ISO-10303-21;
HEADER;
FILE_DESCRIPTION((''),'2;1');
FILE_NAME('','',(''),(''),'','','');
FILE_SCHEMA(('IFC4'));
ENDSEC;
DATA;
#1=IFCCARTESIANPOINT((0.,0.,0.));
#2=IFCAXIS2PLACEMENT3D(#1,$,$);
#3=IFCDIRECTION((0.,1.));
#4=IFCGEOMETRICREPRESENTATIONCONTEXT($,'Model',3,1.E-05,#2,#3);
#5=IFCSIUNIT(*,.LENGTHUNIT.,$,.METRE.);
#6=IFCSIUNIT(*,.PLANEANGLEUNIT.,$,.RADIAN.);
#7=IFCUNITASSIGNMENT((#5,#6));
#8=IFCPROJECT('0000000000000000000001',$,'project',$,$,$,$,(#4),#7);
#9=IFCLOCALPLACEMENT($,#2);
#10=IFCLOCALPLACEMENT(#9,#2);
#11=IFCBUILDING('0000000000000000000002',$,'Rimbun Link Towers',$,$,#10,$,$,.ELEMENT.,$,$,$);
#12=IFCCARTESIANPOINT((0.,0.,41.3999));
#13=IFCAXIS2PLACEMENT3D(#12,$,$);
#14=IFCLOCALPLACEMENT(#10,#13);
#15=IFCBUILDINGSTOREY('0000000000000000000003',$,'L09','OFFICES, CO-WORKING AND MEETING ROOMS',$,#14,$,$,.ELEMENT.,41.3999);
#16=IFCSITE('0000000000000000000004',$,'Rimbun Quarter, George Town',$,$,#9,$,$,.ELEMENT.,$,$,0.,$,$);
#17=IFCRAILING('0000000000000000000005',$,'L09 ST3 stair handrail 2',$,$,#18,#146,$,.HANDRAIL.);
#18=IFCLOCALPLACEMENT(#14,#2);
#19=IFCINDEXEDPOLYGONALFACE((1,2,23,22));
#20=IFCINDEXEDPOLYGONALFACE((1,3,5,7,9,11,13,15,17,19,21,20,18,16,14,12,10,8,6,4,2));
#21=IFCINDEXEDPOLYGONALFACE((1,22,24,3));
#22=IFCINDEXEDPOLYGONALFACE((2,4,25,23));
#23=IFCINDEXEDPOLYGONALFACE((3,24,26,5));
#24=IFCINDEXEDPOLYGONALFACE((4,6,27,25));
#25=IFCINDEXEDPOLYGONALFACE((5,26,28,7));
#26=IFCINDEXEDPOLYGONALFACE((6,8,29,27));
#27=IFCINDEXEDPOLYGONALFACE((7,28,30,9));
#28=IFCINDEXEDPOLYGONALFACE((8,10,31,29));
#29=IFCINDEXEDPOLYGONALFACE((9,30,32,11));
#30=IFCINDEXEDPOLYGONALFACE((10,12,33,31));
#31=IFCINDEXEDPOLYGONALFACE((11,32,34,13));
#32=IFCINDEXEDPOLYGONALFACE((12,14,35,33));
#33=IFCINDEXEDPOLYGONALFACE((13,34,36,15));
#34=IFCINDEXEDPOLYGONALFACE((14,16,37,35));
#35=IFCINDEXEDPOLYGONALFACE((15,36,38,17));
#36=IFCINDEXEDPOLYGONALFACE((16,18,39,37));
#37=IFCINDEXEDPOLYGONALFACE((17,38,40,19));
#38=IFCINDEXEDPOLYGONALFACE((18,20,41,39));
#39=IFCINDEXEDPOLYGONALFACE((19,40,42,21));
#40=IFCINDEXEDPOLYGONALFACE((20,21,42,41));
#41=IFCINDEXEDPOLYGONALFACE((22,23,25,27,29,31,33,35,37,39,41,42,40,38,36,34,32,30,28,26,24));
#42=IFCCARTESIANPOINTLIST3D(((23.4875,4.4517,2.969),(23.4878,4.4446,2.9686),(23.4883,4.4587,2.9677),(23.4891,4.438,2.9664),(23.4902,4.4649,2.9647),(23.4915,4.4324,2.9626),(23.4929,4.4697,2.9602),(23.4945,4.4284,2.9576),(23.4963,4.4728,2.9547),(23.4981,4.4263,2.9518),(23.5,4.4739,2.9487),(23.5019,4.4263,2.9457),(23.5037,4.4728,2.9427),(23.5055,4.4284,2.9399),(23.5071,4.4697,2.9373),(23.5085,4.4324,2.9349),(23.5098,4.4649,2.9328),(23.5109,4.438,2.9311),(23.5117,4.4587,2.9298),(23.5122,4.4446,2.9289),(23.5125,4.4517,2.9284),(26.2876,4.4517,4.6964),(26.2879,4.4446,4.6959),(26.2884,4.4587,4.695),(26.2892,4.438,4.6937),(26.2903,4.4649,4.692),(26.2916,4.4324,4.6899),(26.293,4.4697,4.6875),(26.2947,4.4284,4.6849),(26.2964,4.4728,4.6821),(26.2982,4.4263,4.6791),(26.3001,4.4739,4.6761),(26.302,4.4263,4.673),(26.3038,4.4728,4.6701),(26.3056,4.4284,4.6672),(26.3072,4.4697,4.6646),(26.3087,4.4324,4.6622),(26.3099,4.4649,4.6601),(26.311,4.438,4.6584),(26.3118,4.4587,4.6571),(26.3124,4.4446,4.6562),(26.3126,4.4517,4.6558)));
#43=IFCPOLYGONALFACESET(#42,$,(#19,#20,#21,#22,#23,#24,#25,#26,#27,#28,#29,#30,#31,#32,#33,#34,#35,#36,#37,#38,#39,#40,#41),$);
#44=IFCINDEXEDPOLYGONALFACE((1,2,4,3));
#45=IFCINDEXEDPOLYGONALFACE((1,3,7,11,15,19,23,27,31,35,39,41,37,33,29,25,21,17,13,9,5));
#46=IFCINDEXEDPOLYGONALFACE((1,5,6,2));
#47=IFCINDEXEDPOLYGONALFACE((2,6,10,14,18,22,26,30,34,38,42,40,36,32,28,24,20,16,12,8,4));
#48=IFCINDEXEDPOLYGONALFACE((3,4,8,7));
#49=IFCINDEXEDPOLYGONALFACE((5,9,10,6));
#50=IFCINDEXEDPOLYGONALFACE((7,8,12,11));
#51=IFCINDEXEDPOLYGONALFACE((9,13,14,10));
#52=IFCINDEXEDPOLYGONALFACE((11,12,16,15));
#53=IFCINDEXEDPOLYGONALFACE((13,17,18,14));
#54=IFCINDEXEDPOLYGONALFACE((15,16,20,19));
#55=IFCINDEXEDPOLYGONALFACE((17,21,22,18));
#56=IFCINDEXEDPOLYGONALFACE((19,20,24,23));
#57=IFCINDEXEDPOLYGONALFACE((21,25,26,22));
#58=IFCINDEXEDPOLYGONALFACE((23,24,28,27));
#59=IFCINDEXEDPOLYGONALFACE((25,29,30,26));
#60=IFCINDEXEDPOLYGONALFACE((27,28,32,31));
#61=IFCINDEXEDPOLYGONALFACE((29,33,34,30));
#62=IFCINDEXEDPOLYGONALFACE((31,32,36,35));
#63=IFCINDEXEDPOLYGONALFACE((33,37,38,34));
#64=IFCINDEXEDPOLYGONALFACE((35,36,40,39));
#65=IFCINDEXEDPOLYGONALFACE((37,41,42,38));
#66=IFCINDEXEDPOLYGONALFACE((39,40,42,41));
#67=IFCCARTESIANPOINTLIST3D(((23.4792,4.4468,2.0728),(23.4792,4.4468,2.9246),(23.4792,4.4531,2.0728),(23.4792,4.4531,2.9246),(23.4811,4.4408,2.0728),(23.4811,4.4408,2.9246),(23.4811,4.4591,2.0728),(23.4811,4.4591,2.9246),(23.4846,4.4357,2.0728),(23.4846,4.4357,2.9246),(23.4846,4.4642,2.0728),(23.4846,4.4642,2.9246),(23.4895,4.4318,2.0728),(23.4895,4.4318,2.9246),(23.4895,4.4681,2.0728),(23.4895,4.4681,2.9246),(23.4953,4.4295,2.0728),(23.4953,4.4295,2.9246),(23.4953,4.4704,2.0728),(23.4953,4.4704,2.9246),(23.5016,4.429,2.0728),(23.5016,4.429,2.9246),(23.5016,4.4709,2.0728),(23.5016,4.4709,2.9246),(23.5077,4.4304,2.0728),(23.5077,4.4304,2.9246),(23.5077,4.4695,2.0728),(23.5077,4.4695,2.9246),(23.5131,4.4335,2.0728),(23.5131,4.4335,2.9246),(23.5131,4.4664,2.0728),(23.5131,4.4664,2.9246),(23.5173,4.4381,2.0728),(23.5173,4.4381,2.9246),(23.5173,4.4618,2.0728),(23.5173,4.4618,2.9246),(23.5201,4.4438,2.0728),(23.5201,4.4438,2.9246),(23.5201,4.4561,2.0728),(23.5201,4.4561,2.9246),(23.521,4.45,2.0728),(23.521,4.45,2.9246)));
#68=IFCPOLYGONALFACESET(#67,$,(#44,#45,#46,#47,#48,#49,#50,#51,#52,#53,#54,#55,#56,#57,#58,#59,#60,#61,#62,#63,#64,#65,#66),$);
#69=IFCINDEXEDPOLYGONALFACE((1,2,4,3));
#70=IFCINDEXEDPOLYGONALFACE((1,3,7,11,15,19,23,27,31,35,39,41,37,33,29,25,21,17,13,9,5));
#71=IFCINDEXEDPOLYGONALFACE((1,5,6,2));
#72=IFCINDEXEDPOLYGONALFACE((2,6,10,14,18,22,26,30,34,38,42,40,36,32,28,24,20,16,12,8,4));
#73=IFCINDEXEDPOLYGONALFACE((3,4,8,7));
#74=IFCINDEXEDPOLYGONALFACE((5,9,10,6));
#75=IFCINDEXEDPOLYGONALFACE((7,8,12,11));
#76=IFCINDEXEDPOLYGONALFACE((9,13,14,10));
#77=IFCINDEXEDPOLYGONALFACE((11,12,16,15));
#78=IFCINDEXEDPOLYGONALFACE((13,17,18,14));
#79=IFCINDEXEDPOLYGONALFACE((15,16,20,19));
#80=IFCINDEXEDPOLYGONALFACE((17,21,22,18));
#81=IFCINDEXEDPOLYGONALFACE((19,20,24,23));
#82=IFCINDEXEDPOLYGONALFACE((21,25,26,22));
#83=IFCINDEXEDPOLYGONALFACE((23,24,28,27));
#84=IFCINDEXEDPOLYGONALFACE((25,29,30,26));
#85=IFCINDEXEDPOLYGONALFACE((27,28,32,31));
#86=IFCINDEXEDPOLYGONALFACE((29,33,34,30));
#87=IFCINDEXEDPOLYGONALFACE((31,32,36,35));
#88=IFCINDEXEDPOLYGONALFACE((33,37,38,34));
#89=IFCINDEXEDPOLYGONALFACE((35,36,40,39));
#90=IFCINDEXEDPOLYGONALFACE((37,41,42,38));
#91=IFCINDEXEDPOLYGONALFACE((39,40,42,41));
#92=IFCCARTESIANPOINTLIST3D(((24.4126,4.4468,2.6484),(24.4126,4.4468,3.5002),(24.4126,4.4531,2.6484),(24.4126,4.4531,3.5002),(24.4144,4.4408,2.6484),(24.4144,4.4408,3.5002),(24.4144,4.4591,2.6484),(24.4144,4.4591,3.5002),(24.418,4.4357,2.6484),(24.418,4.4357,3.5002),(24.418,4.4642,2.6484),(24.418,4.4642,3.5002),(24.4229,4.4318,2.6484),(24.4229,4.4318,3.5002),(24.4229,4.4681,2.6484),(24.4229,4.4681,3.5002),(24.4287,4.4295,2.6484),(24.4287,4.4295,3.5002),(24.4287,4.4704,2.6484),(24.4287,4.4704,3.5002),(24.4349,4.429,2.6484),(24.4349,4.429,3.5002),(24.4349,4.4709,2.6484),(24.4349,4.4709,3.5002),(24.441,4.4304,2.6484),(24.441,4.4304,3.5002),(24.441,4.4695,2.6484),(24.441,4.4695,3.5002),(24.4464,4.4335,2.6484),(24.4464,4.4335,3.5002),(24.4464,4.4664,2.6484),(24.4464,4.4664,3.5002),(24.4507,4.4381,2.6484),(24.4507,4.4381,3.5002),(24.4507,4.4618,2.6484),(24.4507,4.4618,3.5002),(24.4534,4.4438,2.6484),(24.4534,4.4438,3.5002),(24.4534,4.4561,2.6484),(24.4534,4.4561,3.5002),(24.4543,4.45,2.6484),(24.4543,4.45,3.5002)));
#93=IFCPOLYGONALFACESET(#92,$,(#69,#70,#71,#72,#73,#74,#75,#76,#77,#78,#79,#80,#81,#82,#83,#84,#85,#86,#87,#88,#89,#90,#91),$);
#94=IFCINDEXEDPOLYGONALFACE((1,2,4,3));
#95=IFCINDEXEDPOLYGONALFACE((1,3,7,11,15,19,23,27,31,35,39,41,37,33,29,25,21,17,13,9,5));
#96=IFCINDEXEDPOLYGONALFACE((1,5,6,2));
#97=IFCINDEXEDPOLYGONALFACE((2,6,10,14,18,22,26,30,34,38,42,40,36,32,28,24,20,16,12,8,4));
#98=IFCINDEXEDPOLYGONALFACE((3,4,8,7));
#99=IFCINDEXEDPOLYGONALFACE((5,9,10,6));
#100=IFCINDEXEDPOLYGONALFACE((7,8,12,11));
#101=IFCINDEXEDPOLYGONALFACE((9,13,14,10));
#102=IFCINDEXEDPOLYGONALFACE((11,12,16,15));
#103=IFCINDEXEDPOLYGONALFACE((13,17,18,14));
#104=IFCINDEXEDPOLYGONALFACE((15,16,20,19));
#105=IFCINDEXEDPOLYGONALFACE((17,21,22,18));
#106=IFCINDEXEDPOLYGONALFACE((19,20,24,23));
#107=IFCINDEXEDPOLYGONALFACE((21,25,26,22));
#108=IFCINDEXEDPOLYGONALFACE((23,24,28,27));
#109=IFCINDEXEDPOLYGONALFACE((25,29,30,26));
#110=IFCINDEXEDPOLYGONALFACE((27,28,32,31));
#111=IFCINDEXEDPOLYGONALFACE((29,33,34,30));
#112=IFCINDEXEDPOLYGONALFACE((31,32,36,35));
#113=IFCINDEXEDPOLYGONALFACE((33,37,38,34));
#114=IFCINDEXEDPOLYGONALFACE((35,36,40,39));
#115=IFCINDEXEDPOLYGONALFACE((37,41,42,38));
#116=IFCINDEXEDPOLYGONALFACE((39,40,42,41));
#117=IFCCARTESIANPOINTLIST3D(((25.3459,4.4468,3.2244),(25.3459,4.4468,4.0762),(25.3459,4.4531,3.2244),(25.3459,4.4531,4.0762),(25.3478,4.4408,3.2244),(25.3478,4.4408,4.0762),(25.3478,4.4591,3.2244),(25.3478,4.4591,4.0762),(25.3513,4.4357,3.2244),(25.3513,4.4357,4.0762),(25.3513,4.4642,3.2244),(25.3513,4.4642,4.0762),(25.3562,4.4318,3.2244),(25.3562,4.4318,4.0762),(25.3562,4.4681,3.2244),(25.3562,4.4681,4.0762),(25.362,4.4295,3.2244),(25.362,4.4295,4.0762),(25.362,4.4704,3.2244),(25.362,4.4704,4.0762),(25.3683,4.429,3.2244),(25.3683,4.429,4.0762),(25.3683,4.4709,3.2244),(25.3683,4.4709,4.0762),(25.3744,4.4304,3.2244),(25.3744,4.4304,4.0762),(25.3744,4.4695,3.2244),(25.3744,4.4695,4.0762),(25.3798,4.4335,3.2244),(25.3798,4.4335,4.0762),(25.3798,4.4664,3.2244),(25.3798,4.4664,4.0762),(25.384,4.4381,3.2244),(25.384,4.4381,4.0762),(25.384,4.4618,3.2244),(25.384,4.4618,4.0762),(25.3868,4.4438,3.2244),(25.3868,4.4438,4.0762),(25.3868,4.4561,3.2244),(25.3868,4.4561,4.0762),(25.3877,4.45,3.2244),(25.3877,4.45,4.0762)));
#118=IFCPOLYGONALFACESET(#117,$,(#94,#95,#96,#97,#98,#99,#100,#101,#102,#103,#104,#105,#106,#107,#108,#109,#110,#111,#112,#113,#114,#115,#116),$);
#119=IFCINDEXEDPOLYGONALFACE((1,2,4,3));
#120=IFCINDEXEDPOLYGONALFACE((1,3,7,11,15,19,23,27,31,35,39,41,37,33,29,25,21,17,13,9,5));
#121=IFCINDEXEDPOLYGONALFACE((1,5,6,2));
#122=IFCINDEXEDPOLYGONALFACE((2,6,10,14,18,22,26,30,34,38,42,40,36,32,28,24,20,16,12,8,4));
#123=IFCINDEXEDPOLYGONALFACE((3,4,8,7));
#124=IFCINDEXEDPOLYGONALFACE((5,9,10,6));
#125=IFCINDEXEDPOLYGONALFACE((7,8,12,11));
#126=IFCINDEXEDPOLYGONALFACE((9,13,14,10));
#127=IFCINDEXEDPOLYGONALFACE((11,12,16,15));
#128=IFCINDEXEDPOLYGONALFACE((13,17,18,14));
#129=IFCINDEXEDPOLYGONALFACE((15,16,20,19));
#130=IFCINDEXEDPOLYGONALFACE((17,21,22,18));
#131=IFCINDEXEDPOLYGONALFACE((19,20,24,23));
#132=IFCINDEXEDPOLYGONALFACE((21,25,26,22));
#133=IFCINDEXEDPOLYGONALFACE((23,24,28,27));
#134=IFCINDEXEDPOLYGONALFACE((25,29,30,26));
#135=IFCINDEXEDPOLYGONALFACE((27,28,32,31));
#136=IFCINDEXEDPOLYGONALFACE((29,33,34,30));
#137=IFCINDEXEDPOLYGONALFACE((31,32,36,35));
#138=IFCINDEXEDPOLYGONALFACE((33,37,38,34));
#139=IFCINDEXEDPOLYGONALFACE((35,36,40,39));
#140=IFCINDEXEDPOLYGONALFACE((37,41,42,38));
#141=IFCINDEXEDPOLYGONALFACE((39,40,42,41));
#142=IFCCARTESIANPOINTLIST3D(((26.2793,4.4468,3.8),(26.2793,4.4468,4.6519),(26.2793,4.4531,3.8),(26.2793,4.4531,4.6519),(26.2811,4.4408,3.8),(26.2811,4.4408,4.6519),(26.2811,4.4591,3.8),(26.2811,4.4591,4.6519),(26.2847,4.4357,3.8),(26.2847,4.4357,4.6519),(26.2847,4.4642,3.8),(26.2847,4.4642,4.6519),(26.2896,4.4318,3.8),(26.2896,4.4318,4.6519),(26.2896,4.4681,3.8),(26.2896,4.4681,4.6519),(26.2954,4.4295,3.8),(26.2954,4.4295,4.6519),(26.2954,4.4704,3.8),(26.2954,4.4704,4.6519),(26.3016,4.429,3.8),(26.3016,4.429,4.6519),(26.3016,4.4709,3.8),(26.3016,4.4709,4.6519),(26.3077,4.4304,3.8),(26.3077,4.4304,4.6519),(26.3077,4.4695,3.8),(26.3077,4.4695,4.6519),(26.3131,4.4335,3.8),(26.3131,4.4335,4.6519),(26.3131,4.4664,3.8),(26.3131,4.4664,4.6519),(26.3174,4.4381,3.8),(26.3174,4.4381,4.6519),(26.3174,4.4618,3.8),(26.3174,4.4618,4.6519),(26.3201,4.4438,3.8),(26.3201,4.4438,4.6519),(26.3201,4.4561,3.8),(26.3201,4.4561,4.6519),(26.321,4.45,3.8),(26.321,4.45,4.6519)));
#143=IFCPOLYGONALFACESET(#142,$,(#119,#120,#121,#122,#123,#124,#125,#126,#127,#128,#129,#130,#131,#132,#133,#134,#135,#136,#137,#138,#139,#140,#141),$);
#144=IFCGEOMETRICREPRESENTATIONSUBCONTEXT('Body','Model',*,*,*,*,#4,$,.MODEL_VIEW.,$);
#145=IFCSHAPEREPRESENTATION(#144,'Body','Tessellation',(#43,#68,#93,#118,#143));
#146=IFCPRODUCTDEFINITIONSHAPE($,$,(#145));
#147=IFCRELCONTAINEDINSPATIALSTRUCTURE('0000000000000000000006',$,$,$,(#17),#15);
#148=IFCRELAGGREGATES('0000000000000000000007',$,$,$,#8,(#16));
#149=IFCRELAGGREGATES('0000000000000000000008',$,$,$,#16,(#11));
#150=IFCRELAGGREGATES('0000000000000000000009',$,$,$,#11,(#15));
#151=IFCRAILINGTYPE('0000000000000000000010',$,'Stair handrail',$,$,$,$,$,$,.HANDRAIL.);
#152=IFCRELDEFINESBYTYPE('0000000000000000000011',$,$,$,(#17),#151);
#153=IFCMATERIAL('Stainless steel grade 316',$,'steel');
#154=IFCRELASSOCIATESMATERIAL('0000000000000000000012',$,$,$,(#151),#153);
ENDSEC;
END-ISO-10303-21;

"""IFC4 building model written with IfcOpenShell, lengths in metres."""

from ifc_helpers import new_model, si_unit, direction, frame, origin, origin_2d, place, context, subcontext, project, spatial, circle, extrude, material, type_object, element, save


model = new_model("IFC4")

# Units and contexts
model_context = context("Model", 3, precision=1e-05, world=origin(), true_north=direction((0.0, 1.0)))
body_context = subcontext(model_context, "Body", "Model", "MODEL_VIEW")
ifc_project = project(units=[si_unit("LENGTHUNIT", "METRE"), si_unit("PLANEANGLEUNIT", "RADIAN")], contexts=[model_context])

# Site, building, storey
site_placement = place(None, origin())
site = spatial("IfcSite", under=ifc_project, at=site_placement, Name="Rimbun Quarter, George Town", CompositionType="ELEMENT", RefElevation=0.0)
building_placement = place(site_placement, origin())
building = spatial("IfcBuilding", under=site, at=building_placement, Name="Rimbun Link Towers", CompositionType="ELEMENT")
storey_placement = place(building_placement, frame((0.0, 0.0, 41.3999)))
storey = spatial("IfcBuildingStorey", under=building, at=storey_placement, Name="L09", Description="OFFICES, CO-WORKING AND MEETING ROOMS", CompositionType="ELEMENT", Elevation=41.3999)

# Railing
ifc_material_1 = material(Name="Stainless steel grade 316", Category="steel")
railing_type_1 = type_object("IfcRailingType", Name="Stair handrail", PredefinedType="HANDRAIL", material=ifc_material_1)
railing_1_placement = place(storey_placement, frame((23.5, 4.45, 2.0728)))
element("IfcRailing", 1, at=railing_1_placement, inside=storey, type_object=railing_type_1, Name="L09 ST3 stair handrail 2", PredefinedType="HANDRAIL", context=body_context, shape_type="SweptSolid", body=[
    extrude(circle(Radius=0.0239, at=origin_2d()), frame((0.0, 0.0, 0.876), z_axis=(0.85109, 0.0, 0.52502), x_axis=(0.0, 1.0, 0.0)), (0.0, 0.0, 1.0), 3.29),
    extrude(circle(Radius=0.021, at=origin_2d()), origin(), (0.0, 0.0, 1.0), 0.8518),
    extrude(circle(Radius=0.021, at=origin_2d()), frame((0.9333, 0.0, 0.5757)), (0.0, 0.0, 1.0), 0.8518),
    extrude(circle(Radius=0.021, at=origin_2d()), frame((1.8667, 0.0, 1.1516)), (0.0, 0.0, 1.0), 0.8518),
    extrude(circle(Radius=0.021, at=origin_2d()), frame((2.8, 0.0, 1.7273)), (0.0, 0.0, 1.0), 0.8518),
])

save(model, "model.ifc")
